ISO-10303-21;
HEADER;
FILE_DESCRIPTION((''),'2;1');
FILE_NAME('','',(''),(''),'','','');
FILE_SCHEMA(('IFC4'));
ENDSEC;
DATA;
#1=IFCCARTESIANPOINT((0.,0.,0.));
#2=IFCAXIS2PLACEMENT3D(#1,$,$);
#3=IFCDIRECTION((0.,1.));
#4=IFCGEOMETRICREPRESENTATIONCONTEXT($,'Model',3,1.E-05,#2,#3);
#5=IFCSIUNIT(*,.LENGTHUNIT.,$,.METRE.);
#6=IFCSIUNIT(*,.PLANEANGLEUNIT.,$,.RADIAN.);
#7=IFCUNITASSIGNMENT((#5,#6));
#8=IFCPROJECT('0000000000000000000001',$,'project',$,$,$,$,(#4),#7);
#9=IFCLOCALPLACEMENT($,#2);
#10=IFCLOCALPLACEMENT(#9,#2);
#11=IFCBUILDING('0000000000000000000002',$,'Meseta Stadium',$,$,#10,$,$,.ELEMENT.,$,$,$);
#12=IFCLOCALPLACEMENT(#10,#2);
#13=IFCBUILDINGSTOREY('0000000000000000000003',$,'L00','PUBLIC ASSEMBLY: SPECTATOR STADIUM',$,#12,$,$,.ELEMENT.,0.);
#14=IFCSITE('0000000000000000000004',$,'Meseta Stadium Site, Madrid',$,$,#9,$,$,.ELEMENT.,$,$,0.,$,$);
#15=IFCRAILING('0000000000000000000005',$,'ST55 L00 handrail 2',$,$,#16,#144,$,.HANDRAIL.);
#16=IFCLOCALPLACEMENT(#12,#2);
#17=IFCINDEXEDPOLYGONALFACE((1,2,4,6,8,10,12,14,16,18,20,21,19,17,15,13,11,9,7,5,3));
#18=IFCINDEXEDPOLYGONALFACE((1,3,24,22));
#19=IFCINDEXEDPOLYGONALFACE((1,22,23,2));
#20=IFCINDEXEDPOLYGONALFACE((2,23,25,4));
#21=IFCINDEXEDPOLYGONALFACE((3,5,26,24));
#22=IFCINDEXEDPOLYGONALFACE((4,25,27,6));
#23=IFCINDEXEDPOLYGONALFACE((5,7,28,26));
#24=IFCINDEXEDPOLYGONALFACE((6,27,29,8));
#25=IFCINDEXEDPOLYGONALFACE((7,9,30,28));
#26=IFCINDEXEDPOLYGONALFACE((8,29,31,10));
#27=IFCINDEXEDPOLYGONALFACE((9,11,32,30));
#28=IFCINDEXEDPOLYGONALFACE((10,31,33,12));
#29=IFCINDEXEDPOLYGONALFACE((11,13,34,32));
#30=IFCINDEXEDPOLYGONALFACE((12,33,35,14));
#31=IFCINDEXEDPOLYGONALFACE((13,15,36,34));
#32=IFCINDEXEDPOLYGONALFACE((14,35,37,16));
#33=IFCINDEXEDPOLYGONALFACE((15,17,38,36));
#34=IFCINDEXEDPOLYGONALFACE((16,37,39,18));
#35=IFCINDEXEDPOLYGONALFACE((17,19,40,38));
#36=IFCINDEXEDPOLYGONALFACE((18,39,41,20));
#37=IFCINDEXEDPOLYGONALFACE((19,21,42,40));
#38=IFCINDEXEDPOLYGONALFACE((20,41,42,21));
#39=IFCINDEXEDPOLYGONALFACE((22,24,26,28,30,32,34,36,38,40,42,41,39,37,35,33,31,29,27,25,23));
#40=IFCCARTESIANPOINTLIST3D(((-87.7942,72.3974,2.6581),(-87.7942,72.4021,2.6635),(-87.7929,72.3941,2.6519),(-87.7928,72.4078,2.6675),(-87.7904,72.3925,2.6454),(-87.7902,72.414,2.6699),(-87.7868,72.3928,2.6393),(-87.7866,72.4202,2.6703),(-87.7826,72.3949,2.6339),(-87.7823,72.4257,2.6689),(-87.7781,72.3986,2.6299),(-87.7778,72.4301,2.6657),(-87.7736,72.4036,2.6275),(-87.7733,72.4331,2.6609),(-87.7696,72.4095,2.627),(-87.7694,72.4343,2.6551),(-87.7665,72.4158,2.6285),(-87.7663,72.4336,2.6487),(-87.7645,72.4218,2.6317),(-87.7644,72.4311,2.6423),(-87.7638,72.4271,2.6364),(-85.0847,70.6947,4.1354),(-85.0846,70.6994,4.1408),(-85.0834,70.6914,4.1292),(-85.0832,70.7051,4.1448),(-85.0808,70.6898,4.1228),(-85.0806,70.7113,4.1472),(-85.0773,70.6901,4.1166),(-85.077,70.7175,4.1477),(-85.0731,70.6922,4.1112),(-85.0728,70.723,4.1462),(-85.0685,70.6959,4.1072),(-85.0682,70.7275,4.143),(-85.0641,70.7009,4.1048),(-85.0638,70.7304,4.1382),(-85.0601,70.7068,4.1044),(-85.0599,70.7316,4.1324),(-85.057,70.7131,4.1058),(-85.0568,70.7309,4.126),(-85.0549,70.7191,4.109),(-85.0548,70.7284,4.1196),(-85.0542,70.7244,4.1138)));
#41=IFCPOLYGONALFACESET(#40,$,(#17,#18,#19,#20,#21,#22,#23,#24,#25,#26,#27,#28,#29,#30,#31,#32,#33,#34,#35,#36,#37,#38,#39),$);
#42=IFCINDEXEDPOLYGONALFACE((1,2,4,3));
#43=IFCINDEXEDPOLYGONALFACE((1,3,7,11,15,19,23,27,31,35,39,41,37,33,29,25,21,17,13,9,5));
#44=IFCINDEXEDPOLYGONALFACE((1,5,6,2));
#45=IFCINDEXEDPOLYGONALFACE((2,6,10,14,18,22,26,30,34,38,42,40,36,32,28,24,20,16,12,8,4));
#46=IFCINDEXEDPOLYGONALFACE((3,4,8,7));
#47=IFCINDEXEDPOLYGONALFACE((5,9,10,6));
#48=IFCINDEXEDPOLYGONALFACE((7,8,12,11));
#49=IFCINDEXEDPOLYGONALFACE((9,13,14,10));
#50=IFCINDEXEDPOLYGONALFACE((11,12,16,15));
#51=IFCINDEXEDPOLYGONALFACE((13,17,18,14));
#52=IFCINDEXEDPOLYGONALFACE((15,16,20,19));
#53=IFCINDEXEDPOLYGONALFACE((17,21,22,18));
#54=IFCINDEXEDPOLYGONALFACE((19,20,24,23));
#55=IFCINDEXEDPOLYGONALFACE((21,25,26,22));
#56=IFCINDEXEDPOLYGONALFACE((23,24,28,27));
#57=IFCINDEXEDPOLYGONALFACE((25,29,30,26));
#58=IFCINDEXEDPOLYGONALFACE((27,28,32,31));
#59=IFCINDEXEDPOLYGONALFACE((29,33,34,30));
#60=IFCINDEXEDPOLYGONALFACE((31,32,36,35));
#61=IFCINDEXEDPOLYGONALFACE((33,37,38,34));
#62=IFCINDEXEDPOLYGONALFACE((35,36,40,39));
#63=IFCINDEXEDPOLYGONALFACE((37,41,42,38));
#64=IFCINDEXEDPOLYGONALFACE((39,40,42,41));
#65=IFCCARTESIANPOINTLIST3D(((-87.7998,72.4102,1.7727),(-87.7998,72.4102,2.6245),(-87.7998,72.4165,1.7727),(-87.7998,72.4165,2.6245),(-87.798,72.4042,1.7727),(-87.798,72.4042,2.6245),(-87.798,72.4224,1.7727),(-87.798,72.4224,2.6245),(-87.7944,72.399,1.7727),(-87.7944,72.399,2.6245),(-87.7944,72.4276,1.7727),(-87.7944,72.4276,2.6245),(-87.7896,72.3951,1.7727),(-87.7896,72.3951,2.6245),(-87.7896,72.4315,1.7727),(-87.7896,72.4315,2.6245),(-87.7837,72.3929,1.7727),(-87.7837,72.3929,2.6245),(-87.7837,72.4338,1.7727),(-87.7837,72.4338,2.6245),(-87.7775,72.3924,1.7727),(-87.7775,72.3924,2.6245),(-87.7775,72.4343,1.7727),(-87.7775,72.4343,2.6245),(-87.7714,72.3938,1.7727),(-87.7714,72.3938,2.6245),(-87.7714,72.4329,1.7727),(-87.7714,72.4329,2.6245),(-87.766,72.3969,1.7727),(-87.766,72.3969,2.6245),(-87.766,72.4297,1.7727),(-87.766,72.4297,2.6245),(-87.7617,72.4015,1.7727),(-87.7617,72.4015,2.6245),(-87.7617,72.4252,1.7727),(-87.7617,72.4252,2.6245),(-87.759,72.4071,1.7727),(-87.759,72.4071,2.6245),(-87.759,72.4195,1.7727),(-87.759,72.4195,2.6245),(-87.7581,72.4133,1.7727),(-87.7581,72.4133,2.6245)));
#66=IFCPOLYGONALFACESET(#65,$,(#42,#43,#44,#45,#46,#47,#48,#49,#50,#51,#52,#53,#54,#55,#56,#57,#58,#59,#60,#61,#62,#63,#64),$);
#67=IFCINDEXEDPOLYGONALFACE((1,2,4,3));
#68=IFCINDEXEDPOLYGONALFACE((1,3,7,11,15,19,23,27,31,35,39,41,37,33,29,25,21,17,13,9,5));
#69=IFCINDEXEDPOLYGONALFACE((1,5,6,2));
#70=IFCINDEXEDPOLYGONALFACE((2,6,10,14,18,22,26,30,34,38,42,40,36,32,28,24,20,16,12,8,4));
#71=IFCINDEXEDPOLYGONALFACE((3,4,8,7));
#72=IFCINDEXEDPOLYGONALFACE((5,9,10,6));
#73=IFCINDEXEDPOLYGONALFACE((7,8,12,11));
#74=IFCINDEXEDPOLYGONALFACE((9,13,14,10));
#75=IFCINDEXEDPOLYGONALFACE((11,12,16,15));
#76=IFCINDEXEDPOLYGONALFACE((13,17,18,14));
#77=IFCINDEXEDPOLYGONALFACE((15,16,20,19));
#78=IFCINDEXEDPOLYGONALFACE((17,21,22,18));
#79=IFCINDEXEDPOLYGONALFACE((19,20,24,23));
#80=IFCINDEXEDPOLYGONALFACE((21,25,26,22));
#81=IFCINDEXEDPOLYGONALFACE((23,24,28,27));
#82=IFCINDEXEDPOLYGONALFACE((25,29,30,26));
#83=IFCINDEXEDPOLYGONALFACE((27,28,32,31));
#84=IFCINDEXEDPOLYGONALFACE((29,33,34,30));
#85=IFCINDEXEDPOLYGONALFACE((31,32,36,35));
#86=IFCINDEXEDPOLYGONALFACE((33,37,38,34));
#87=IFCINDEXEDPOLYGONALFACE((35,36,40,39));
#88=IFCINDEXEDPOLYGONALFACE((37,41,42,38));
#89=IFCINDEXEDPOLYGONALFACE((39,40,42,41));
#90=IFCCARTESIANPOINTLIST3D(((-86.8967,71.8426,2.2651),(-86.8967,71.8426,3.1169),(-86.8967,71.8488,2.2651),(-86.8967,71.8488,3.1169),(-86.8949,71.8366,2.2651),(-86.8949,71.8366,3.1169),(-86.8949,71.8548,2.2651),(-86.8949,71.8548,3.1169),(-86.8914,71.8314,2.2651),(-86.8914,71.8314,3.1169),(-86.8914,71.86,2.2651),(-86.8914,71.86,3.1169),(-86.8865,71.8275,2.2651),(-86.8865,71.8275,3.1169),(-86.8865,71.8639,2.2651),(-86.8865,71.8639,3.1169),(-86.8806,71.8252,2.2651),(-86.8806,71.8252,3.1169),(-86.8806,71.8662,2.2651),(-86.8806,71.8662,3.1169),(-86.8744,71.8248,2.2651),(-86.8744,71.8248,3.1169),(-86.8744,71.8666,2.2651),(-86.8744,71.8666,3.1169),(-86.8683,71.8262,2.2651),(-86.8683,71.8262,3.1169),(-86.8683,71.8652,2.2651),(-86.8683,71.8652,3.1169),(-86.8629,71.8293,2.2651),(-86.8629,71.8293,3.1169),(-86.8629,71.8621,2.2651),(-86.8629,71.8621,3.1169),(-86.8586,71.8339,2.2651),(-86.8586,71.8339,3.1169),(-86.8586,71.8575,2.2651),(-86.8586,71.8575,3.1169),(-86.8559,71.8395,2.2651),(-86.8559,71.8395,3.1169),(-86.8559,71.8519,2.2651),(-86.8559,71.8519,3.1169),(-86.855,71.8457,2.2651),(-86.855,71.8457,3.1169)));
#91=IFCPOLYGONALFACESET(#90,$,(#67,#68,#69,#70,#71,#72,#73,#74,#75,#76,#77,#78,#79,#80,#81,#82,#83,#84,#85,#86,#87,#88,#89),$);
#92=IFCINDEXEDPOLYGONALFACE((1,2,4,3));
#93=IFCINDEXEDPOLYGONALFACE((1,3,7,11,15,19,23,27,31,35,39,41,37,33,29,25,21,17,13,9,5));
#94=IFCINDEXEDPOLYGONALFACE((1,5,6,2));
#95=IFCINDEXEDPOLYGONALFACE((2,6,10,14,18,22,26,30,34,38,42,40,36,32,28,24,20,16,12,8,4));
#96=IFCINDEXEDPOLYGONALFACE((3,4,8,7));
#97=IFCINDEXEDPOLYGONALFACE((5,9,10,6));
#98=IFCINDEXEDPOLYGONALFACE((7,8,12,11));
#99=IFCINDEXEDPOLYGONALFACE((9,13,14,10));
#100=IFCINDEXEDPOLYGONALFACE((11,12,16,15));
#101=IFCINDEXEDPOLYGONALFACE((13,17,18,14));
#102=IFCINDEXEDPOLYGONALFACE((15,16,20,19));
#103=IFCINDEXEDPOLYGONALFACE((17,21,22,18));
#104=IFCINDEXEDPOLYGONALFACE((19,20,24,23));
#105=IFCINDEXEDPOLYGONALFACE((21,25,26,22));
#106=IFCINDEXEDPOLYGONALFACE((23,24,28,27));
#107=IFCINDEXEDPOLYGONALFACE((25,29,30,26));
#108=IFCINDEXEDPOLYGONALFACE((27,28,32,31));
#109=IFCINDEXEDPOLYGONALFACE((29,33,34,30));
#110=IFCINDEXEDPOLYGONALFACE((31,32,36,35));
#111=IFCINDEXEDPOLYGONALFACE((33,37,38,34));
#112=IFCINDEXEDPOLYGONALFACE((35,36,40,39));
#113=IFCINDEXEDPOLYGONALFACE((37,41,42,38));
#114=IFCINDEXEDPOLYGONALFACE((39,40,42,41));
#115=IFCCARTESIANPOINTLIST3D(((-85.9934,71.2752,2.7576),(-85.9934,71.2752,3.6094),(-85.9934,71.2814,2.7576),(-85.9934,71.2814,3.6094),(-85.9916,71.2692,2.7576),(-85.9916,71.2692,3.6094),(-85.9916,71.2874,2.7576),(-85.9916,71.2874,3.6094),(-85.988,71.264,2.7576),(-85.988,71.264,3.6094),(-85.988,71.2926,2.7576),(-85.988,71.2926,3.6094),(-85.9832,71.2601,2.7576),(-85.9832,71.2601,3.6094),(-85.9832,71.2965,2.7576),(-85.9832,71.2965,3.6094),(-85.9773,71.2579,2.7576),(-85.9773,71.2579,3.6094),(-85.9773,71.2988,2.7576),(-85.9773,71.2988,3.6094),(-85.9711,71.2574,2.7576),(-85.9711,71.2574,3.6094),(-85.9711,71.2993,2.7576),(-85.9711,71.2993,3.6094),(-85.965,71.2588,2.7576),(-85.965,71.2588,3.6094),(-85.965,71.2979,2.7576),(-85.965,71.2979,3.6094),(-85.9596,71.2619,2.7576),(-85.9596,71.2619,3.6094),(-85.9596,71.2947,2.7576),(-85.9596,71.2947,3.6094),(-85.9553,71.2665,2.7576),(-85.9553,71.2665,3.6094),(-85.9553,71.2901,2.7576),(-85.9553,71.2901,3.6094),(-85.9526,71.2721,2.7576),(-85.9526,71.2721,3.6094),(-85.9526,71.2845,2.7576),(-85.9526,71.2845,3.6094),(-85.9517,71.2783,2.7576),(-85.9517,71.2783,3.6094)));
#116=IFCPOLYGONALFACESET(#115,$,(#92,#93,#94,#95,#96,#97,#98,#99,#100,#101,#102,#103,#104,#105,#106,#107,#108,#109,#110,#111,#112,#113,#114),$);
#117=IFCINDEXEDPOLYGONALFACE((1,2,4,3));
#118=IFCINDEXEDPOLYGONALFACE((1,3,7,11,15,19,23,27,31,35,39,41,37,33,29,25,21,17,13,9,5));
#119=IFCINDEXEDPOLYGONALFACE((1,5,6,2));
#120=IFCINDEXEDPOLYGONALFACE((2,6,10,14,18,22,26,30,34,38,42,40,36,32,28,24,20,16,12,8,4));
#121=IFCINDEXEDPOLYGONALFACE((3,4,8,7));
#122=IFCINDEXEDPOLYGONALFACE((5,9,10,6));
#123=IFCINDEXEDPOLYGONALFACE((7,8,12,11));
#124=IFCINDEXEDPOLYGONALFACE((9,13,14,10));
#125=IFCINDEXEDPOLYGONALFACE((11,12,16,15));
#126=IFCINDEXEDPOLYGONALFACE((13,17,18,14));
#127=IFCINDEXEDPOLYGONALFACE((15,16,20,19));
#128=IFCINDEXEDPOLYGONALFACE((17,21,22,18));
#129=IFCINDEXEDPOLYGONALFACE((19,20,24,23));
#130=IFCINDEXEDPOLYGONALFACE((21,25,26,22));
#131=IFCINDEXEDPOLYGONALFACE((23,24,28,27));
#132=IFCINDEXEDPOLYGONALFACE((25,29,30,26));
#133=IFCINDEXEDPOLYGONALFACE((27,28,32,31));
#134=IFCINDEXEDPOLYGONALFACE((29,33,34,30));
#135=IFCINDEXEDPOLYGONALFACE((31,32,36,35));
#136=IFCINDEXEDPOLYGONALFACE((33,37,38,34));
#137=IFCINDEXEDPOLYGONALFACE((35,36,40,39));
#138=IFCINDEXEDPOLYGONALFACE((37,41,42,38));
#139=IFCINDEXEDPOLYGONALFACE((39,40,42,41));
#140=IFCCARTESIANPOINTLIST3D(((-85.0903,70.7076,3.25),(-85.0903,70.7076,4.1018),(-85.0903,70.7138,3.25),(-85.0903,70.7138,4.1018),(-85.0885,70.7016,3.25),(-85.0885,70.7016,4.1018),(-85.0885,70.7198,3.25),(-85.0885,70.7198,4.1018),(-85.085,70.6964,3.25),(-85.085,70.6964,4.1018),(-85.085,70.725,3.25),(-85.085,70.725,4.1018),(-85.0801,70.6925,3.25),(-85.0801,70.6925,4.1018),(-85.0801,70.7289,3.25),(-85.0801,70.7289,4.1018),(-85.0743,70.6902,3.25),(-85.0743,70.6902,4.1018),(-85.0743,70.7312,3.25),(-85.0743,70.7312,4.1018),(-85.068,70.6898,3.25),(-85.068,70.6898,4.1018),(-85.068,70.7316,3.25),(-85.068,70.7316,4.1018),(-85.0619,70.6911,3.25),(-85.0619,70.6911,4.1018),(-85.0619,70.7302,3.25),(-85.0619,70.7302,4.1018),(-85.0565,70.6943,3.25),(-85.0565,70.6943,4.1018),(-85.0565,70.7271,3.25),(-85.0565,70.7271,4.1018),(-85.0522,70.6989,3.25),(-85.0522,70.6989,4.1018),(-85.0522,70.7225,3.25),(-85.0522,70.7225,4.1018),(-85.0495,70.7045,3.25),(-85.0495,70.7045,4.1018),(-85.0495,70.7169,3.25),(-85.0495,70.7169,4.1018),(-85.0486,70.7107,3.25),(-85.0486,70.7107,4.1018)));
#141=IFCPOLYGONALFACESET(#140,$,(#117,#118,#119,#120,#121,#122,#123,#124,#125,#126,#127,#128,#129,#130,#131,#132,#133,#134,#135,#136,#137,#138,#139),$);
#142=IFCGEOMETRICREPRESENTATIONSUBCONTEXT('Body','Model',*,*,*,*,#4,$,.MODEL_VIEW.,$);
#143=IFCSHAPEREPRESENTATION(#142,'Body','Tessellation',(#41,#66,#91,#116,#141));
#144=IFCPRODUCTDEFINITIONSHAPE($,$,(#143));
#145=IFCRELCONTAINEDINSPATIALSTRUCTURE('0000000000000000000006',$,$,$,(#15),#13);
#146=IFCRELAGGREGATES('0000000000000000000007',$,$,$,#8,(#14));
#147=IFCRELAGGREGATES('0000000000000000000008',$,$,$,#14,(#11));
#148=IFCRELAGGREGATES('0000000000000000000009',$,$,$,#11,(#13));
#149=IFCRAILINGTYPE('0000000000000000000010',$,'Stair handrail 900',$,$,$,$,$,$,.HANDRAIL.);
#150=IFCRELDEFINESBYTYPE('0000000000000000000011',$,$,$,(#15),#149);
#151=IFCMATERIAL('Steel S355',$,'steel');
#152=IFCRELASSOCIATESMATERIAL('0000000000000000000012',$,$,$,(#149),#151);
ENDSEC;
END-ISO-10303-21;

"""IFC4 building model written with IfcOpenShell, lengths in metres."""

from ifc_helpers import new_model, si_unit, direction, frame, origin, origin_2d, place, context, subcontext, project, spatial, circle, extrude, material, type_object, element, save


model = new_model("IFC4")

# Units and contexts
model_context = context("Model", 3, precision=1e-05, world=origin(), true_north=direction((0.0, 1.0)))
body_context = subcontext(model_context, "Body", "Model", "MODEL_VIEW")
ifc_project = project(units=[si_unit("LENGTHUNIT", "METRE"), si_unit("PLANEANGLEUNIT", "RADIAN")], contexts=[model_context])

# Site, building, storey
site_placement = place(None, origin())
site = spatial("IfcSite", under=ifc_project, at=site_placement, Name="Meseta Stadium Site, Madrid", CompositionType="ELEMENT", RefElevation=0.0)
building_placement = place(site_placement, origin())
building = spatial("IfcBuilding", under=site, at=building_placement, Name="Meseta Stadium", CompositionType="ELEMENT")
storey_placement = place(building_placement, origin())
storey = spatial("IfcBuildingStorey", under=building, at=storey_placement, Name="L00", Description="PUBLIC ASSEMBLY: SPECTATOR STADIUM", CompositionType="ELEMENT", Elevation=0.0)

# Railing
ifc_material_1 = material(Name="Steel S355", Category="steel")
railing_type_1 = type_object("IfcRailingType", Name="Stair handrail 900", PredefinedType="HANDRAIL", material=ifc_material_1)
for number, where, name in (
    (1, (-87.7791, 72.4133, 1.7727), "ST55 L00 handrail 2"),
):
    element("IfcRailing", number, at=place(storey_placement, frame(where)), inside=storey, type_object=railing_type_1, Name=name, PredefinedType="HANDRAIL", context=body_context, shape_type="SweptSolid", body=[
        extrude(circle(Radius=0.0239, at=origin_2d()), frame((0.0, 0.0, 0.876), z_axis=(0.768738, -0.483076, 0.419142), x_axis=(0.532068, 0.846701, 0.0)), (0.0, 0.0, 1.0), 3.5247),
        extrude(circle(Radius=0.021, at=origin_2d()), origin(), (0.0, 0.0, 1.0), 0.8518),
        extrude(circle(Radius=0.021, at=origin_2d()), frame((0.9031, -0.5676, 0.4924)), (0.0, 0.0, 1.0), 0.8518),
        extrude(circle(Radius=0.021, at=origin_2d()), frame((1.8064, -1.135, 0.9849)), (0.0, 0.0, 1.0), 0.8518),
        extrude(circle(Radius=0.021, at=origin_2d()), frame((2.7095, -1.7026, 1.4773)), (0.0, 0.0, 1.0), 0.8518),
    ])

save(model, "model.ifc")
